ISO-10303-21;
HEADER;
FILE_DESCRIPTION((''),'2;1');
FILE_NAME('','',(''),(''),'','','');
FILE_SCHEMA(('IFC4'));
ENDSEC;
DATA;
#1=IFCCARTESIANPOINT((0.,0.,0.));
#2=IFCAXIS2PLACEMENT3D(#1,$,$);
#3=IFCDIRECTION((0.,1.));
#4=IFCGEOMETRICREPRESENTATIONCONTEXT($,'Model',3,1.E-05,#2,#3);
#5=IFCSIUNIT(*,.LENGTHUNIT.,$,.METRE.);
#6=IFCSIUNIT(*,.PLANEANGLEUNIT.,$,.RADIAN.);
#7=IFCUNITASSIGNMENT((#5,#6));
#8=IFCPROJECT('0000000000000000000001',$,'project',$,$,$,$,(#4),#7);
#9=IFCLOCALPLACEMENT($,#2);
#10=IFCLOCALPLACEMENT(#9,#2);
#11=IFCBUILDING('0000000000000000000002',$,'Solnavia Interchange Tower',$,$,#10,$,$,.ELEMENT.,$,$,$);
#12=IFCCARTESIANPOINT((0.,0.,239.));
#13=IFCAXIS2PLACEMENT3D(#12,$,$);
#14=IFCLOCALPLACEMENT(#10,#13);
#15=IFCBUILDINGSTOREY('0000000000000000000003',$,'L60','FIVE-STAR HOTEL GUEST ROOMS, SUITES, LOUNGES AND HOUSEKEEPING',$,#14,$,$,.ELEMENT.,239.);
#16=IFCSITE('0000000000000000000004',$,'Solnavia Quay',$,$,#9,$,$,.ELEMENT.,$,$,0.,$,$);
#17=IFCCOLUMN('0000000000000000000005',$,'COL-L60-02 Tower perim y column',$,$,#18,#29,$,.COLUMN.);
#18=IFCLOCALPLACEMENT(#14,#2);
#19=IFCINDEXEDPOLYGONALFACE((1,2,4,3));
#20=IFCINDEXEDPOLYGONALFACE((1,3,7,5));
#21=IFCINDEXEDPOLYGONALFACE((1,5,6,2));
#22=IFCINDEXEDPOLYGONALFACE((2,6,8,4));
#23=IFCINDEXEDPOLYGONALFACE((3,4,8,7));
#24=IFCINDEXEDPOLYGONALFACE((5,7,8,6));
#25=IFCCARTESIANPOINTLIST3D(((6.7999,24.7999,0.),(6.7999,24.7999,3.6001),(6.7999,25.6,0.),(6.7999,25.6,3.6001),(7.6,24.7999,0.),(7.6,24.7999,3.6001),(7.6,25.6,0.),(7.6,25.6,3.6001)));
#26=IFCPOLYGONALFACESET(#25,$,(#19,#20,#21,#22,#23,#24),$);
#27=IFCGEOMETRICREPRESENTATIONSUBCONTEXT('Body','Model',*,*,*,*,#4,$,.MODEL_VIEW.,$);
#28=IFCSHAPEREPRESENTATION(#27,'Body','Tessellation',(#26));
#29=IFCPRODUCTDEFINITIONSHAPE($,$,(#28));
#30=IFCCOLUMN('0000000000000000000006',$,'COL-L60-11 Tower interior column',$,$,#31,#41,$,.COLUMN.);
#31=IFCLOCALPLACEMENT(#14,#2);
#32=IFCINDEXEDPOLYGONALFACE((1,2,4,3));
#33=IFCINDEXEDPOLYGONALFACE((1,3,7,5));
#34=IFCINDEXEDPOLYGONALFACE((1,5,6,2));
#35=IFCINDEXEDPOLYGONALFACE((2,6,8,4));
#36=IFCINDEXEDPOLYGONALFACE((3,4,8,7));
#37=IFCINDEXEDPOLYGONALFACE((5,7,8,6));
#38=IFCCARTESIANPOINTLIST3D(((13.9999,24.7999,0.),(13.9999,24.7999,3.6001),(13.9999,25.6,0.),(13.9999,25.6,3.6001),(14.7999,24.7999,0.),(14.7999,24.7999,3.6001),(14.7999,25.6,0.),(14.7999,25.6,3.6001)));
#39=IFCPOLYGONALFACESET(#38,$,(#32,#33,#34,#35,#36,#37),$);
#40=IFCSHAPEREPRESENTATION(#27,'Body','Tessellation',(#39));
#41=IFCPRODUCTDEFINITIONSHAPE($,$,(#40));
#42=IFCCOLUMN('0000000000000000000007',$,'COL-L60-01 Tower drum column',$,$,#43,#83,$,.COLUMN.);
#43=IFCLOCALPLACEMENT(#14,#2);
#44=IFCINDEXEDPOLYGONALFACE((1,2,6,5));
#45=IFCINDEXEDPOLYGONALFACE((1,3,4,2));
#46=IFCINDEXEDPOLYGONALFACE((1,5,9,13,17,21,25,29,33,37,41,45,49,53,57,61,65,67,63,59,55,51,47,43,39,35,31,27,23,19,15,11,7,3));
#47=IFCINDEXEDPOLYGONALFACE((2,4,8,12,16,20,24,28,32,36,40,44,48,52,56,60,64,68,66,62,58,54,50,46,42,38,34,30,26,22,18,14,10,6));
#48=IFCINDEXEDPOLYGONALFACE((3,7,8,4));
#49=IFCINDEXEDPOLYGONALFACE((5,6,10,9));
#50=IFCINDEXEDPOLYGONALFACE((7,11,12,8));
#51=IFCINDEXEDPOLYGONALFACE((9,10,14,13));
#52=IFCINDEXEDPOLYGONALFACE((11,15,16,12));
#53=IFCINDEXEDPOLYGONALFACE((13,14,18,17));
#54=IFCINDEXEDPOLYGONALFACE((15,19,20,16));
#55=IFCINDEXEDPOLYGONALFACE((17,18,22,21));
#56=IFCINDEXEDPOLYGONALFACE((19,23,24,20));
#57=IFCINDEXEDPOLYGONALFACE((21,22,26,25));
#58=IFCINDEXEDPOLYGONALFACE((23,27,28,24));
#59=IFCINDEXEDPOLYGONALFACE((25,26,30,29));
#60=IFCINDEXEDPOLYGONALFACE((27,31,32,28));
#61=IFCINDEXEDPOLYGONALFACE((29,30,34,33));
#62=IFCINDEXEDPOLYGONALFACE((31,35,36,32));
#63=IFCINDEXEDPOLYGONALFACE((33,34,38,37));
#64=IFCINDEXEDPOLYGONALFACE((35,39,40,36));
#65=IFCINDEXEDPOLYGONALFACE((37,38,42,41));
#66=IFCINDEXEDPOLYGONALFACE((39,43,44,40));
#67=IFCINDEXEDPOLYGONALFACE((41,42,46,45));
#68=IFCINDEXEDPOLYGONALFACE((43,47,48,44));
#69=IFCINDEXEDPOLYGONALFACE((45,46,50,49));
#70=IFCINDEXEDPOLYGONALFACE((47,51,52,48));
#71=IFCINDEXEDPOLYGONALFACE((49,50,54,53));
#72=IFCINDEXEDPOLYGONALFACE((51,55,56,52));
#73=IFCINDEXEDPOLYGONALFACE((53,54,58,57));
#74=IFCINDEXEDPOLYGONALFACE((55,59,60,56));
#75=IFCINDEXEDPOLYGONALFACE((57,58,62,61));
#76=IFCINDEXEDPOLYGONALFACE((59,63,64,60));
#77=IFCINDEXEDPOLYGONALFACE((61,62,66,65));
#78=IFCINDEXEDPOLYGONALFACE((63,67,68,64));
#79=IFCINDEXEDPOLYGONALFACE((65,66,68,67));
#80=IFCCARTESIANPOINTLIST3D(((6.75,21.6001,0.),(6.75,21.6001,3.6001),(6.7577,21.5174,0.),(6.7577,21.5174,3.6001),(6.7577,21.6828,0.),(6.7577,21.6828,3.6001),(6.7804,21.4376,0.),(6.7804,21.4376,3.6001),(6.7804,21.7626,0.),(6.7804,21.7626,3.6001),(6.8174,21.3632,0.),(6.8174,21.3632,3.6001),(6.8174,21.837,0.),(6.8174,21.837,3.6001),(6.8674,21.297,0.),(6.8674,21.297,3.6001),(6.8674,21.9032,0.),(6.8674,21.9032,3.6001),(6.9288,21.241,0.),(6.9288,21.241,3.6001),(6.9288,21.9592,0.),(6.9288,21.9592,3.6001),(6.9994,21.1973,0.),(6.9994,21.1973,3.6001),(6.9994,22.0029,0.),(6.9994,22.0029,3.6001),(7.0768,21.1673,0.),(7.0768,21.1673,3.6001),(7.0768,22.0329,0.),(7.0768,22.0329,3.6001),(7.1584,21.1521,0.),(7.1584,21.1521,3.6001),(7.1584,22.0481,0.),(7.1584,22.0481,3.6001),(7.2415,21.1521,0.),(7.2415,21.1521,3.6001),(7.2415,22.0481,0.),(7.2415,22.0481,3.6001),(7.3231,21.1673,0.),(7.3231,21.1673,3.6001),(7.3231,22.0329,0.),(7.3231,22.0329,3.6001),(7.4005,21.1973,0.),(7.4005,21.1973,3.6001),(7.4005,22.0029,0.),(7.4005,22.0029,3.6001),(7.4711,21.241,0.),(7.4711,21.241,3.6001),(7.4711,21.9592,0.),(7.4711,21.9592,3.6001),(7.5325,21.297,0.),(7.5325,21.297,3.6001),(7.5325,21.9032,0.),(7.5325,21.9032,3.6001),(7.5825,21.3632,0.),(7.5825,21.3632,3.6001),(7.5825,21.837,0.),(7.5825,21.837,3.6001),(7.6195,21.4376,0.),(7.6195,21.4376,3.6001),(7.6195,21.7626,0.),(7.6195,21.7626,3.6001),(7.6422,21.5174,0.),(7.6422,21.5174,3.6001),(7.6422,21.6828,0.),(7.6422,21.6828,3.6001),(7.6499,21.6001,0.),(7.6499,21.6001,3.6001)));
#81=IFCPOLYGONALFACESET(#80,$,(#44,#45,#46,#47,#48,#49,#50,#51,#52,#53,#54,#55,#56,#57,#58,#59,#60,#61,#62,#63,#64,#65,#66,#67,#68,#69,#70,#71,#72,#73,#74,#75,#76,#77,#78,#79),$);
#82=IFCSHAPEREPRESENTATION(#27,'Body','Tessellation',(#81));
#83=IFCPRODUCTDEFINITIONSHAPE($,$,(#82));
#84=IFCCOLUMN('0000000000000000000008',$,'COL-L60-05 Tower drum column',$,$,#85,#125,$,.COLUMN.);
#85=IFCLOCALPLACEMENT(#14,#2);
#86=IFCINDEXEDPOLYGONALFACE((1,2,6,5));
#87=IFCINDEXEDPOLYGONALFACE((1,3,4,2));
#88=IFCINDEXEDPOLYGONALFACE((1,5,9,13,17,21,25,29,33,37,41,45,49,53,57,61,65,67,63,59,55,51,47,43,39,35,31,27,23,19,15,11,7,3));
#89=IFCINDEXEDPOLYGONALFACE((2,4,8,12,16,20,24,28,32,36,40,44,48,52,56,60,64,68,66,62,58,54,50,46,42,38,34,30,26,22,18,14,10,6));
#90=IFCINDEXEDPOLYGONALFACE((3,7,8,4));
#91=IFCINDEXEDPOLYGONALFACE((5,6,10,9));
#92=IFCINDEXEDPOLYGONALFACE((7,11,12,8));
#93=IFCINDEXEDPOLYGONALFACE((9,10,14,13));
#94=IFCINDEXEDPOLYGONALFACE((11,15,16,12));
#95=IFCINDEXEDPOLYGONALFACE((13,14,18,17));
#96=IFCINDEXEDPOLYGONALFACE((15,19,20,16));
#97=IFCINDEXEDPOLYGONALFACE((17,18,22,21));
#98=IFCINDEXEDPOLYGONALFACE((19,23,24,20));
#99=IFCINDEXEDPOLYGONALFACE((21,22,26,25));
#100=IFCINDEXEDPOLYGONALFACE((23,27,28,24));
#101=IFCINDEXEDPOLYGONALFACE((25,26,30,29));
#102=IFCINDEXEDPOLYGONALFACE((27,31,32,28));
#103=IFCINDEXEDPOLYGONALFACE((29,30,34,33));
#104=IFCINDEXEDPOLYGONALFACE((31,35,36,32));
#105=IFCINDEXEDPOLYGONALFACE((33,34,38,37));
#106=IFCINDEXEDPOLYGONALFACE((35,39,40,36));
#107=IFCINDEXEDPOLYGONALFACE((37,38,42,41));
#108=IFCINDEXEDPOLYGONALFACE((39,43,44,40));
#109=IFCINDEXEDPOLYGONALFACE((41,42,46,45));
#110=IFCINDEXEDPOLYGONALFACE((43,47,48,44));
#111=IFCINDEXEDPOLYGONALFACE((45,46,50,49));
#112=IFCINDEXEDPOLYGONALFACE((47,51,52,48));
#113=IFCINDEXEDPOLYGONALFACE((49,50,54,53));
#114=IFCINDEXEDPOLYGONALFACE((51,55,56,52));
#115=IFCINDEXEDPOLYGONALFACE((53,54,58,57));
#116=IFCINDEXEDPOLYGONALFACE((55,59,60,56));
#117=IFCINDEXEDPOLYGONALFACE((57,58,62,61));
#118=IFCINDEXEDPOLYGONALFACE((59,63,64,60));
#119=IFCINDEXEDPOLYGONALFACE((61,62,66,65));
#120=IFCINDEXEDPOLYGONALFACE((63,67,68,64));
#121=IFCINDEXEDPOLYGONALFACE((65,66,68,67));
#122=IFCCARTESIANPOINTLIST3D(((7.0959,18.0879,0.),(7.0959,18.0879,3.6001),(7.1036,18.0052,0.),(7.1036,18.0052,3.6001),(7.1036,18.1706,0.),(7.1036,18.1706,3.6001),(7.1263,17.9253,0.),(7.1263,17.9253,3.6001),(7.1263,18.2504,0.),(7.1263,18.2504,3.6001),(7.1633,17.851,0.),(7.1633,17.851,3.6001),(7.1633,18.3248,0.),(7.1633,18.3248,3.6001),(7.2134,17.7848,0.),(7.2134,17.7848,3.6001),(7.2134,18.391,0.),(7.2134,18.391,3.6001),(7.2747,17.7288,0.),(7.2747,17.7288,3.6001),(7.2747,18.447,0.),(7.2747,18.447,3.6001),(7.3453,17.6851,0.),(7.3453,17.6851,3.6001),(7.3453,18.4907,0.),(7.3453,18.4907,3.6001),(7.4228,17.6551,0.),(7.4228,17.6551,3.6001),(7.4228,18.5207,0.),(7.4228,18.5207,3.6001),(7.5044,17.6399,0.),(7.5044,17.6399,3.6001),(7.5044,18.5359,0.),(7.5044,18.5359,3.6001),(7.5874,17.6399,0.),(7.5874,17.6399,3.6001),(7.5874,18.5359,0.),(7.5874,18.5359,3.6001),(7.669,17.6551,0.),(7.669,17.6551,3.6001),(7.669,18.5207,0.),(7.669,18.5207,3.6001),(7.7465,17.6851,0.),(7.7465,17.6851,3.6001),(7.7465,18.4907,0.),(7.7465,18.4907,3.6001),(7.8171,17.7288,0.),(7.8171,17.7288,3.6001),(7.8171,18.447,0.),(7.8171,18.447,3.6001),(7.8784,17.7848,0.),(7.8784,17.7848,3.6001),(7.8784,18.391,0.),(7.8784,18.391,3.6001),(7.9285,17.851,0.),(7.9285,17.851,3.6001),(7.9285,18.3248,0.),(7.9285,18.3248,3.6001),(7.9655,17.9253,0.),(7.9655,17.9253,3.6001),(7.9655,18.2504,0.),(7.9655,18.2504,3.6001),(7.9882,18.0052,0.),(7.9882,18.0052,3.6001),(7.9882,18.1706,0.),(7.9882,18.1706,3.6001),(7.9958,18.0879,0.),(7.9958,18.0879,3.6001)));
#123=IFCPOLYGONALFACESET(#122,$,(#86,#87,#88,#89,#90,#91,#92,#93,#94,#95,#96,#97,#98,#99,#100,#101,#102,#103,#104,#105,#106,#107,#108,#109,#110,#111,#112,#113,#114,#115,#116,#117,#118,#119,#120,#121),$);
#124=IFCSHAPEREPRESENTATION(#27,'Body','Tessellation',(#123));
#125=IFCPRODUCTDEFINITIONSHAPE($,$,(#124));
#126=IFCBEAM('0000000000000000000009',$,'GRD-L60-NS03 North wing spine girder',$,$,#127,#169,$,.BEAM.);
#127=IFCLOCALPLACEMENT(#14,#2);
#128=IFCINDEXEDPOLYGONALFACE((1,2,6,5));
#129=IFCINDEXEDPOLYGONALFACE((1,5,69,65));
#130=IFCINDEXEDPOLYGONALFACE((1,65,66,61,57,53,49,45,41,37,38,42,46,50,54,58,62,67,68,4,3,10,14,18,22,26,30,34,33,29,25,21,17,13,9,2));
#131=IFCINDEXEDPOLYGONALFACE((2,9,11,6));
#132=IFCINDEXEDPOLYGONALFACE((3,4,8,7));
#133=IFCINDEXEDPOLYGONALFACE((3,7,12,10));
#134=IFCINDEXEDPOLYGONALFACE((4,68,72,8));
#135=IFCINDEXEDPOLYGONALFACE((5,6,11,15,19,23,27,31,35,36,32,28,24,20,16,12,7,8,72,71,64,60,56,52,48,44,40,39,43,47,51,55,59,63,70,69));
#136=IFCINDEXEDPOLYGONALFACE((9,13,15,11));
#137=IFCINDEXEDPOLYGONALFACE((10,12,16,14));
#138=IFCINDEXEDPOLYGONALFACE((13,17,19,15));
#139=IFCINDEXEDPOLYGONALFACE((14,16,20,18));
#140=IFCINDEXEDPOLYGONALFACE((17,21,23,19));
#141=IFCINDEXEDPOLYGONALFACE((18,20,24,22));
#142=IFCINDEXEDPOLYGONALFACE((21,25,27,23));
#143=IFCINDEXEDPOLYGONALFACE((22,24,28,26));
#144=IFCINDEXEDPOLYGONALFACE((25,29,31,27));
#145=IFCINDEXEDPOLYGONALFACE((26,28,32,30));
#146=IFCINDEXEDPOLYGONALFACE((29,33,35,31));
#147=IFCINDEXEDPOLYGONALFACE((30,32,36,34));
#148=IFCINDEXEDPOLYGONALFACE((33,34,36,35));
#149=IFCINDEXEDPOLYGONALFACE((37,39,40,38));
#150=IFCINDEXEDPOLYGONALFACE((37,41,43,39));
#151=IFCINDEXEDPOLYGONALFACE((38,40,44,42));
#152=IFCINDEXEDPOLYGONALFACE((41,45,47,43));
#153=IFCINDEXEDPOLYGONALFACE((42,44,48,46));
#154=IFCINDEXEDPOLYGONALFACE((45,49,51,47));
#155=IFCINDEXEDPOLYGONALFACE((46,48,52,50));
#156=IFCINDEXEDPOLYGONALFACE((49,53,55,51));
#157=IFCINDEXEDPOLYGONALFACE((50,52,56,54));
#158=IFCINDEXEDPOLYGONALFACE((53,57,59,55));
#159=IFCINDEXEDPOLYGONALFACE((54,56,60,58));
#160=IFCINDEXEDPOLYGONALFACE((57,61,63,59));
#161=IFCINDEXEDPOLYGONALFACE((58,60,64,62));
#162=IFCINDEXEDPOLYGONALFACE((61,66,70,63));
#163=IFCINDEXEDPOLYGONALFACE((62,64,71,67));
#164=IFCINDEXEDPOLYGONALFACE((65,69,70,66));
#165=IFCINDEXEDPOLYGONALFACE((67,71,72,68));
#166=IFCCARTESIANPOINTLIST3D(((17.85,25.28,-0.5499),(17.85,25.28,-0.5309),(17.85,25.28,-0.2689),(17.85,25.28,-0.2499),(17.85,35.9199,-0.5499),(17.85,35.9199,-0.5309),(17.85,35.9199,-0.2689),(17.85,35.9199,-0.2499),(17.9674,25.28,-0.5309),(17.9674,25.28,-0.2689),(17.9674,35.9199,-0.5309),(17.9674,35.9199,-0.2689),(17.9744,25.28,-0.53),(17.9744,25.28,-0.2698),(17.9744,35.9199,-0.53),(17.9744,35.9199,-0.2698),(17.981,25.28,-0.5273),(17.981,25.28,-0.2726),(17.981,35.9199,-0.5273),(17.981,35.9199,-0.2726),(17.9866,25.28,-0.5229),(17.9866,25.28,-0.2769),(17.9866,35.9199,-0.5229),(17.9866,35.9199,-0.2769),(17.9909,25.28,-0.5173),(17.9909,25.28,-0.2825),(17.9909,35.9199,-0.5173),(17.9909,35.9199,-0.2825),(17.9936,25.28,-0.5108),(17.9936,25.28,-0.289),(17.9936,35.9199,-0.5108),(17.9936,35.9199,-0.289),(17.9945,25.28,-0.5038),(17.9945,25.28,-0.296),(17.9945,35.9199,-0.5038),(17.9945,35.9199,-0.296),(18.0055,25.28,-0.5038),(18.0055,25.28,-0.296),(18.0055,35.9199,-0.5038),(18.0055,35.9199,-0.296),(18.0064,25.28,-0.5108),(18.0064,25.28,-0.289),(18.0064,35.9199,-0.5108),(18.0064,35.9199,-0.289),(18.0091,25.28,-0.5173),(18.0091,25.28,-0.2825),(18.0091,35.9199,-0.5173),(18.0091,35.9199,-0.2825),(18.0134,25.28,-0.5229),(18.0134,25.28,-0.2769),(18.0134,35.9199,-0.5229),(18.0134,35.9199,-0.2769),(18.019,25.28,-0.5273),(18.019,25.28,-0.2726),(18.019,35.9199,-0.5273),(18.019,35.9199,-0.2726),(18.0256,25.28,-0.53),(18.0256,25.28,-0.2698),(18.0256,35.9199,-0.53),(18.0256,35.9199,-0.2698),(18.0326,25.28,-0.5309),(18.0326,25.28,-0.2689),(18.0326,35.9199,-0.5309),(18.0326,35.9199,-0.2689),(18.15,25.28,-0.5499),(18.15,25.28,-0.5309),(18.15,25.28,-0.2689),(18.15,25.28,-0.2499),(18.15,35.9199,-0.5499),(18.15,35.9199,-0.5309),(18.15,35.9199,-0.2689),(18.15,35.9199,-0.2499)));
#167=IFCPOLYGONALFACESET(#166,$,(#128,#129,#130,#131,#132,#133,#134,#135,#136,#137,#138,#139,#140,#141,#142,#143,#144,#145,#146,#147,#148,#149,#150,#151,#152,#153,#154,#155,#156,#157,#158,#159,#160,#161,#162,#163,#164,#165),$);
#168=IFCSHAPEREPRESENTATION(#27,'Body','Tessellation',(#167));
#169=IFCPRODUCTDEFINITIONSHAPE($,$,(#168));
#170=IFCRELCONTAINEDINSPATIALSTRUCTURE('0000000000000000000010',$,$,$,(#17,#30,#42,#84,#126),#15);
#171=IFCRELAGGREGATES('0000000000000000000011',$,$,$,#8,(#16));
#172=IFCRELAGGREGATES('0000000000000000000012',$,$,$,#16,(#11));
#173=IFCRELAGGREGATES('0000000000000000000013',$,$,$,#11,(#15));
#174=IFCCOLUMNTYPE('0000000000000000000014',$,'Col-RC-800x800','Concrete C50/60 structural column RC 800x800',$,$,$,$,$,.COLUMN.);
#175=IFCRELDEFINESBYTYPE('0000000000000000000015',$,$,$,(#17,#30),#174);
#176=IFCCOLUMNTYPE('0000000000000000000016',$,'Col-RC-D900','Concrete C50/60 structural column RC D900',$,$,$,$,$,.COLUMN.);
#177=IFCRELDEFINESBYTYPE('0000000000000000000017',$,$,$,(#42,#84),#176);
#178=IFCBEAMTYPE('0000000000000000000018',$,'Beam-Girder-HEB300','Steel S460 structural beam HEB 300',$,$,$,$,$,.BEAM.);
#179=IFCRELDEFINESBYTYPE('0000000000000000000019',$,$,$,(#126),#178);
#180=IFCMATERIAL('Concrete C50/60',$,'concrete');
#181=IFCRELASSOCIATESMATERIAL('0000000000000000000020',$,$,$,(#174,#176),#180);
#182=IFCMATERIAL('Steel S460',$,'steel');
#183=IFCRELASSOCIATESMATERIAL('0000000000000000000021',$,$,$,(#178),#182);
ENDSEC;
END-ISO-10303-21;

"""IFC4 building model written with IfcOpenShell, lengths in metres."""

from ifc_helpers import new_model, si_unit, direction, frame, origin, origin_2d, place, context, subcontext, project, spatial, rectangle, circle, i_section, extrude, material, material_profile, profile_set, type_object, element, save


model = new_model("IFC4")

# Units and contexts
model_context = context("Model", 3, precision=1e-05, world=origin(), true_north=direction((0.0, 1.0)))
body_context = subcontext(model_context, "Body", "Model", "MODEL_VIEW")
ifc_project = project(units=[si_unit("LENGTHUNIT", "METRE"), si_unit("PLANEANGLEUNIT", "RADIAN")], contexts=[model_context])

# Site, building, storey
site_placement = place(None, origin())
site = spatial("IfcSite", under=ifc_project, at=site_placement, Name="Solnavia Quay", CompositionType="ELEMENT", RefElevation=0.0)
building_placement = place(site_placement, origin())
building = spatial("IfcBuilding", under=site, at=building_placement, Name="Solnavia Interchange Tower", CompositionType="ELEMENT")
storey_placement = place(building_placement, frame((0.0, 0.0, 239.0)))
storey = spatial("IfcBuildingStorey", under=building, at=storey_placement, Name="L60", Description="FIVE-STAR HOTEL GUEST ROOMS, SUITES, LOUNGES AND HOUSEKEEPING", CompositionType="ELEMENT", Elevation=239.0)

# Columns
ifc_material_1 = material(Name="Concrete C50/60", Category="concrete")
ifc_material_profile_1 = material_profile(ifc_material_1, rectangle(XDim=0.8, YDim=0.8, at=origin_2d()), Name="RC 800x800")
ifc_profile_set_1 = profile_set([ifc_material_profile_1], Name="Concrete C50/60")
column_type_1 = type_object("IfcColumnType", Name="Col-RC-800x800", Description="Concrete C50/60 structural column RC 800x800", PredefinedType="COLUMN", material=ifc_profile_set_1)
for number, where, z_axis, x_axis, name in (
    (1, (7.2, 25.2, 0.0), (0.0, 0.0, 1.0), (0.0, 1.0, 0.0), "COL-L60-02 Tower perim y column"),
    (2, (14.3999, 25.2, 0.0), (0.0, 0.0, 1.0), (1.0, 0.0, 0.0), "COL-L60-11 Tower interior column"),
):
    element("IfcColumn", number, at=place(storey_placement, frame(where, z_axis=z_axis, x_axis=x_axis)), inside=storey, type_object=column_type_1, Name=name, PredefinedType="COLUMN", context=body_context, shape_type="SweptSolid", body=[
        extrude(rectangle(XDim=0.8, YDim=0.8, at=origin_2d()), origin(), (0.0, 0.0, 1.0), 3.6001),
    ])
ifc_material_profile_2 = material_profile(ifc_material_1, circle(Radius=0.45, at=origin_2d()), Name="RC D900")
ifc_profile_set_2 = profile_set([ifc_material_profile_2], Name="Concrete C50/60")
column_type_2 = type_object("IfcColumnType", Name="Col-RC-D900", Description="Concrete C50/60 structural column RC D900", PredefinedType="COLUMN", material=ifc_profile_set_2)
for number, where, z_axis, x_axis, name in (
    (3, (7.2, 21.6001, 0.0), (0.0, 0.0, 1.0), (1.0, 0.0, 0.0), "COL-L60-01 Tower drum column"),
    (4, (7.5459, 18.0879, 0.0), (0.0, 0.0, 1.0), (1.0, 0.0, 0.0), "COL-L60-05 Tower drum column"),
):
    element("IfcColumn", number, at=place(storey_placement, frame(where, z_axis=z_axis, x_axis=x_axis)), inside=storey, type_object=column_type_2, Name=name, PredefinedType="COLUMN", context=body_context, shape_type="SweptSolid", body=[
        extrude(circle(Radius=0.45, at=origin_2d()), origin(), (0.0, 0.0, 1.0), 3.6001),
    ])

# Beam
ifc_material_2 = material(Name="Steel S460", Category="steel")
ifc_material_profile_3 = material_profile(ifc_material_2, i_section(OverallWidth=0.3, OverallDepth=0.3, WebThickness=0.011, FlangeThickness=0.019, FilletRadius=0.0271, at=origin_2d()), Name="HEB 300")
ifc_profile_set_3 = profile_set([ifc_material_profile_3], Name="Steel S460")
beam_type_1 = type_object("IfcBeamType", Name="Beam-Girder-HEB300", Description="Steel S460 structural beam HEB 300", PredefinedType="BEAM", material=ifc_profile_set_3)
beam_1_placement = place(storey_placement, frame((18.0, 25.28, -0.3999), z_axis=(0.0, 1.0, 0.0), x_axis=(-1.0, 0.0, 0.0)))
element("IfcBeam", 5, at=beam_1_placement, inside=storey, type_object=beam_type_1, Name="GRD-L60-NS03 North wing spine girder", PredefinedType="BEAM", context=body_context, shape_type="SweptSolid", body=[
    extrude(i_section(OverallWidth=0.3, OverallDepth=0.3, WebThickness=0.011, FlangeThickness=0.019, FilletRadius=0.0271, at=origin_2d()), origin(), (0.0, 0.0, 1.0), 10.6399),
])

save(model, "model.ifc")
